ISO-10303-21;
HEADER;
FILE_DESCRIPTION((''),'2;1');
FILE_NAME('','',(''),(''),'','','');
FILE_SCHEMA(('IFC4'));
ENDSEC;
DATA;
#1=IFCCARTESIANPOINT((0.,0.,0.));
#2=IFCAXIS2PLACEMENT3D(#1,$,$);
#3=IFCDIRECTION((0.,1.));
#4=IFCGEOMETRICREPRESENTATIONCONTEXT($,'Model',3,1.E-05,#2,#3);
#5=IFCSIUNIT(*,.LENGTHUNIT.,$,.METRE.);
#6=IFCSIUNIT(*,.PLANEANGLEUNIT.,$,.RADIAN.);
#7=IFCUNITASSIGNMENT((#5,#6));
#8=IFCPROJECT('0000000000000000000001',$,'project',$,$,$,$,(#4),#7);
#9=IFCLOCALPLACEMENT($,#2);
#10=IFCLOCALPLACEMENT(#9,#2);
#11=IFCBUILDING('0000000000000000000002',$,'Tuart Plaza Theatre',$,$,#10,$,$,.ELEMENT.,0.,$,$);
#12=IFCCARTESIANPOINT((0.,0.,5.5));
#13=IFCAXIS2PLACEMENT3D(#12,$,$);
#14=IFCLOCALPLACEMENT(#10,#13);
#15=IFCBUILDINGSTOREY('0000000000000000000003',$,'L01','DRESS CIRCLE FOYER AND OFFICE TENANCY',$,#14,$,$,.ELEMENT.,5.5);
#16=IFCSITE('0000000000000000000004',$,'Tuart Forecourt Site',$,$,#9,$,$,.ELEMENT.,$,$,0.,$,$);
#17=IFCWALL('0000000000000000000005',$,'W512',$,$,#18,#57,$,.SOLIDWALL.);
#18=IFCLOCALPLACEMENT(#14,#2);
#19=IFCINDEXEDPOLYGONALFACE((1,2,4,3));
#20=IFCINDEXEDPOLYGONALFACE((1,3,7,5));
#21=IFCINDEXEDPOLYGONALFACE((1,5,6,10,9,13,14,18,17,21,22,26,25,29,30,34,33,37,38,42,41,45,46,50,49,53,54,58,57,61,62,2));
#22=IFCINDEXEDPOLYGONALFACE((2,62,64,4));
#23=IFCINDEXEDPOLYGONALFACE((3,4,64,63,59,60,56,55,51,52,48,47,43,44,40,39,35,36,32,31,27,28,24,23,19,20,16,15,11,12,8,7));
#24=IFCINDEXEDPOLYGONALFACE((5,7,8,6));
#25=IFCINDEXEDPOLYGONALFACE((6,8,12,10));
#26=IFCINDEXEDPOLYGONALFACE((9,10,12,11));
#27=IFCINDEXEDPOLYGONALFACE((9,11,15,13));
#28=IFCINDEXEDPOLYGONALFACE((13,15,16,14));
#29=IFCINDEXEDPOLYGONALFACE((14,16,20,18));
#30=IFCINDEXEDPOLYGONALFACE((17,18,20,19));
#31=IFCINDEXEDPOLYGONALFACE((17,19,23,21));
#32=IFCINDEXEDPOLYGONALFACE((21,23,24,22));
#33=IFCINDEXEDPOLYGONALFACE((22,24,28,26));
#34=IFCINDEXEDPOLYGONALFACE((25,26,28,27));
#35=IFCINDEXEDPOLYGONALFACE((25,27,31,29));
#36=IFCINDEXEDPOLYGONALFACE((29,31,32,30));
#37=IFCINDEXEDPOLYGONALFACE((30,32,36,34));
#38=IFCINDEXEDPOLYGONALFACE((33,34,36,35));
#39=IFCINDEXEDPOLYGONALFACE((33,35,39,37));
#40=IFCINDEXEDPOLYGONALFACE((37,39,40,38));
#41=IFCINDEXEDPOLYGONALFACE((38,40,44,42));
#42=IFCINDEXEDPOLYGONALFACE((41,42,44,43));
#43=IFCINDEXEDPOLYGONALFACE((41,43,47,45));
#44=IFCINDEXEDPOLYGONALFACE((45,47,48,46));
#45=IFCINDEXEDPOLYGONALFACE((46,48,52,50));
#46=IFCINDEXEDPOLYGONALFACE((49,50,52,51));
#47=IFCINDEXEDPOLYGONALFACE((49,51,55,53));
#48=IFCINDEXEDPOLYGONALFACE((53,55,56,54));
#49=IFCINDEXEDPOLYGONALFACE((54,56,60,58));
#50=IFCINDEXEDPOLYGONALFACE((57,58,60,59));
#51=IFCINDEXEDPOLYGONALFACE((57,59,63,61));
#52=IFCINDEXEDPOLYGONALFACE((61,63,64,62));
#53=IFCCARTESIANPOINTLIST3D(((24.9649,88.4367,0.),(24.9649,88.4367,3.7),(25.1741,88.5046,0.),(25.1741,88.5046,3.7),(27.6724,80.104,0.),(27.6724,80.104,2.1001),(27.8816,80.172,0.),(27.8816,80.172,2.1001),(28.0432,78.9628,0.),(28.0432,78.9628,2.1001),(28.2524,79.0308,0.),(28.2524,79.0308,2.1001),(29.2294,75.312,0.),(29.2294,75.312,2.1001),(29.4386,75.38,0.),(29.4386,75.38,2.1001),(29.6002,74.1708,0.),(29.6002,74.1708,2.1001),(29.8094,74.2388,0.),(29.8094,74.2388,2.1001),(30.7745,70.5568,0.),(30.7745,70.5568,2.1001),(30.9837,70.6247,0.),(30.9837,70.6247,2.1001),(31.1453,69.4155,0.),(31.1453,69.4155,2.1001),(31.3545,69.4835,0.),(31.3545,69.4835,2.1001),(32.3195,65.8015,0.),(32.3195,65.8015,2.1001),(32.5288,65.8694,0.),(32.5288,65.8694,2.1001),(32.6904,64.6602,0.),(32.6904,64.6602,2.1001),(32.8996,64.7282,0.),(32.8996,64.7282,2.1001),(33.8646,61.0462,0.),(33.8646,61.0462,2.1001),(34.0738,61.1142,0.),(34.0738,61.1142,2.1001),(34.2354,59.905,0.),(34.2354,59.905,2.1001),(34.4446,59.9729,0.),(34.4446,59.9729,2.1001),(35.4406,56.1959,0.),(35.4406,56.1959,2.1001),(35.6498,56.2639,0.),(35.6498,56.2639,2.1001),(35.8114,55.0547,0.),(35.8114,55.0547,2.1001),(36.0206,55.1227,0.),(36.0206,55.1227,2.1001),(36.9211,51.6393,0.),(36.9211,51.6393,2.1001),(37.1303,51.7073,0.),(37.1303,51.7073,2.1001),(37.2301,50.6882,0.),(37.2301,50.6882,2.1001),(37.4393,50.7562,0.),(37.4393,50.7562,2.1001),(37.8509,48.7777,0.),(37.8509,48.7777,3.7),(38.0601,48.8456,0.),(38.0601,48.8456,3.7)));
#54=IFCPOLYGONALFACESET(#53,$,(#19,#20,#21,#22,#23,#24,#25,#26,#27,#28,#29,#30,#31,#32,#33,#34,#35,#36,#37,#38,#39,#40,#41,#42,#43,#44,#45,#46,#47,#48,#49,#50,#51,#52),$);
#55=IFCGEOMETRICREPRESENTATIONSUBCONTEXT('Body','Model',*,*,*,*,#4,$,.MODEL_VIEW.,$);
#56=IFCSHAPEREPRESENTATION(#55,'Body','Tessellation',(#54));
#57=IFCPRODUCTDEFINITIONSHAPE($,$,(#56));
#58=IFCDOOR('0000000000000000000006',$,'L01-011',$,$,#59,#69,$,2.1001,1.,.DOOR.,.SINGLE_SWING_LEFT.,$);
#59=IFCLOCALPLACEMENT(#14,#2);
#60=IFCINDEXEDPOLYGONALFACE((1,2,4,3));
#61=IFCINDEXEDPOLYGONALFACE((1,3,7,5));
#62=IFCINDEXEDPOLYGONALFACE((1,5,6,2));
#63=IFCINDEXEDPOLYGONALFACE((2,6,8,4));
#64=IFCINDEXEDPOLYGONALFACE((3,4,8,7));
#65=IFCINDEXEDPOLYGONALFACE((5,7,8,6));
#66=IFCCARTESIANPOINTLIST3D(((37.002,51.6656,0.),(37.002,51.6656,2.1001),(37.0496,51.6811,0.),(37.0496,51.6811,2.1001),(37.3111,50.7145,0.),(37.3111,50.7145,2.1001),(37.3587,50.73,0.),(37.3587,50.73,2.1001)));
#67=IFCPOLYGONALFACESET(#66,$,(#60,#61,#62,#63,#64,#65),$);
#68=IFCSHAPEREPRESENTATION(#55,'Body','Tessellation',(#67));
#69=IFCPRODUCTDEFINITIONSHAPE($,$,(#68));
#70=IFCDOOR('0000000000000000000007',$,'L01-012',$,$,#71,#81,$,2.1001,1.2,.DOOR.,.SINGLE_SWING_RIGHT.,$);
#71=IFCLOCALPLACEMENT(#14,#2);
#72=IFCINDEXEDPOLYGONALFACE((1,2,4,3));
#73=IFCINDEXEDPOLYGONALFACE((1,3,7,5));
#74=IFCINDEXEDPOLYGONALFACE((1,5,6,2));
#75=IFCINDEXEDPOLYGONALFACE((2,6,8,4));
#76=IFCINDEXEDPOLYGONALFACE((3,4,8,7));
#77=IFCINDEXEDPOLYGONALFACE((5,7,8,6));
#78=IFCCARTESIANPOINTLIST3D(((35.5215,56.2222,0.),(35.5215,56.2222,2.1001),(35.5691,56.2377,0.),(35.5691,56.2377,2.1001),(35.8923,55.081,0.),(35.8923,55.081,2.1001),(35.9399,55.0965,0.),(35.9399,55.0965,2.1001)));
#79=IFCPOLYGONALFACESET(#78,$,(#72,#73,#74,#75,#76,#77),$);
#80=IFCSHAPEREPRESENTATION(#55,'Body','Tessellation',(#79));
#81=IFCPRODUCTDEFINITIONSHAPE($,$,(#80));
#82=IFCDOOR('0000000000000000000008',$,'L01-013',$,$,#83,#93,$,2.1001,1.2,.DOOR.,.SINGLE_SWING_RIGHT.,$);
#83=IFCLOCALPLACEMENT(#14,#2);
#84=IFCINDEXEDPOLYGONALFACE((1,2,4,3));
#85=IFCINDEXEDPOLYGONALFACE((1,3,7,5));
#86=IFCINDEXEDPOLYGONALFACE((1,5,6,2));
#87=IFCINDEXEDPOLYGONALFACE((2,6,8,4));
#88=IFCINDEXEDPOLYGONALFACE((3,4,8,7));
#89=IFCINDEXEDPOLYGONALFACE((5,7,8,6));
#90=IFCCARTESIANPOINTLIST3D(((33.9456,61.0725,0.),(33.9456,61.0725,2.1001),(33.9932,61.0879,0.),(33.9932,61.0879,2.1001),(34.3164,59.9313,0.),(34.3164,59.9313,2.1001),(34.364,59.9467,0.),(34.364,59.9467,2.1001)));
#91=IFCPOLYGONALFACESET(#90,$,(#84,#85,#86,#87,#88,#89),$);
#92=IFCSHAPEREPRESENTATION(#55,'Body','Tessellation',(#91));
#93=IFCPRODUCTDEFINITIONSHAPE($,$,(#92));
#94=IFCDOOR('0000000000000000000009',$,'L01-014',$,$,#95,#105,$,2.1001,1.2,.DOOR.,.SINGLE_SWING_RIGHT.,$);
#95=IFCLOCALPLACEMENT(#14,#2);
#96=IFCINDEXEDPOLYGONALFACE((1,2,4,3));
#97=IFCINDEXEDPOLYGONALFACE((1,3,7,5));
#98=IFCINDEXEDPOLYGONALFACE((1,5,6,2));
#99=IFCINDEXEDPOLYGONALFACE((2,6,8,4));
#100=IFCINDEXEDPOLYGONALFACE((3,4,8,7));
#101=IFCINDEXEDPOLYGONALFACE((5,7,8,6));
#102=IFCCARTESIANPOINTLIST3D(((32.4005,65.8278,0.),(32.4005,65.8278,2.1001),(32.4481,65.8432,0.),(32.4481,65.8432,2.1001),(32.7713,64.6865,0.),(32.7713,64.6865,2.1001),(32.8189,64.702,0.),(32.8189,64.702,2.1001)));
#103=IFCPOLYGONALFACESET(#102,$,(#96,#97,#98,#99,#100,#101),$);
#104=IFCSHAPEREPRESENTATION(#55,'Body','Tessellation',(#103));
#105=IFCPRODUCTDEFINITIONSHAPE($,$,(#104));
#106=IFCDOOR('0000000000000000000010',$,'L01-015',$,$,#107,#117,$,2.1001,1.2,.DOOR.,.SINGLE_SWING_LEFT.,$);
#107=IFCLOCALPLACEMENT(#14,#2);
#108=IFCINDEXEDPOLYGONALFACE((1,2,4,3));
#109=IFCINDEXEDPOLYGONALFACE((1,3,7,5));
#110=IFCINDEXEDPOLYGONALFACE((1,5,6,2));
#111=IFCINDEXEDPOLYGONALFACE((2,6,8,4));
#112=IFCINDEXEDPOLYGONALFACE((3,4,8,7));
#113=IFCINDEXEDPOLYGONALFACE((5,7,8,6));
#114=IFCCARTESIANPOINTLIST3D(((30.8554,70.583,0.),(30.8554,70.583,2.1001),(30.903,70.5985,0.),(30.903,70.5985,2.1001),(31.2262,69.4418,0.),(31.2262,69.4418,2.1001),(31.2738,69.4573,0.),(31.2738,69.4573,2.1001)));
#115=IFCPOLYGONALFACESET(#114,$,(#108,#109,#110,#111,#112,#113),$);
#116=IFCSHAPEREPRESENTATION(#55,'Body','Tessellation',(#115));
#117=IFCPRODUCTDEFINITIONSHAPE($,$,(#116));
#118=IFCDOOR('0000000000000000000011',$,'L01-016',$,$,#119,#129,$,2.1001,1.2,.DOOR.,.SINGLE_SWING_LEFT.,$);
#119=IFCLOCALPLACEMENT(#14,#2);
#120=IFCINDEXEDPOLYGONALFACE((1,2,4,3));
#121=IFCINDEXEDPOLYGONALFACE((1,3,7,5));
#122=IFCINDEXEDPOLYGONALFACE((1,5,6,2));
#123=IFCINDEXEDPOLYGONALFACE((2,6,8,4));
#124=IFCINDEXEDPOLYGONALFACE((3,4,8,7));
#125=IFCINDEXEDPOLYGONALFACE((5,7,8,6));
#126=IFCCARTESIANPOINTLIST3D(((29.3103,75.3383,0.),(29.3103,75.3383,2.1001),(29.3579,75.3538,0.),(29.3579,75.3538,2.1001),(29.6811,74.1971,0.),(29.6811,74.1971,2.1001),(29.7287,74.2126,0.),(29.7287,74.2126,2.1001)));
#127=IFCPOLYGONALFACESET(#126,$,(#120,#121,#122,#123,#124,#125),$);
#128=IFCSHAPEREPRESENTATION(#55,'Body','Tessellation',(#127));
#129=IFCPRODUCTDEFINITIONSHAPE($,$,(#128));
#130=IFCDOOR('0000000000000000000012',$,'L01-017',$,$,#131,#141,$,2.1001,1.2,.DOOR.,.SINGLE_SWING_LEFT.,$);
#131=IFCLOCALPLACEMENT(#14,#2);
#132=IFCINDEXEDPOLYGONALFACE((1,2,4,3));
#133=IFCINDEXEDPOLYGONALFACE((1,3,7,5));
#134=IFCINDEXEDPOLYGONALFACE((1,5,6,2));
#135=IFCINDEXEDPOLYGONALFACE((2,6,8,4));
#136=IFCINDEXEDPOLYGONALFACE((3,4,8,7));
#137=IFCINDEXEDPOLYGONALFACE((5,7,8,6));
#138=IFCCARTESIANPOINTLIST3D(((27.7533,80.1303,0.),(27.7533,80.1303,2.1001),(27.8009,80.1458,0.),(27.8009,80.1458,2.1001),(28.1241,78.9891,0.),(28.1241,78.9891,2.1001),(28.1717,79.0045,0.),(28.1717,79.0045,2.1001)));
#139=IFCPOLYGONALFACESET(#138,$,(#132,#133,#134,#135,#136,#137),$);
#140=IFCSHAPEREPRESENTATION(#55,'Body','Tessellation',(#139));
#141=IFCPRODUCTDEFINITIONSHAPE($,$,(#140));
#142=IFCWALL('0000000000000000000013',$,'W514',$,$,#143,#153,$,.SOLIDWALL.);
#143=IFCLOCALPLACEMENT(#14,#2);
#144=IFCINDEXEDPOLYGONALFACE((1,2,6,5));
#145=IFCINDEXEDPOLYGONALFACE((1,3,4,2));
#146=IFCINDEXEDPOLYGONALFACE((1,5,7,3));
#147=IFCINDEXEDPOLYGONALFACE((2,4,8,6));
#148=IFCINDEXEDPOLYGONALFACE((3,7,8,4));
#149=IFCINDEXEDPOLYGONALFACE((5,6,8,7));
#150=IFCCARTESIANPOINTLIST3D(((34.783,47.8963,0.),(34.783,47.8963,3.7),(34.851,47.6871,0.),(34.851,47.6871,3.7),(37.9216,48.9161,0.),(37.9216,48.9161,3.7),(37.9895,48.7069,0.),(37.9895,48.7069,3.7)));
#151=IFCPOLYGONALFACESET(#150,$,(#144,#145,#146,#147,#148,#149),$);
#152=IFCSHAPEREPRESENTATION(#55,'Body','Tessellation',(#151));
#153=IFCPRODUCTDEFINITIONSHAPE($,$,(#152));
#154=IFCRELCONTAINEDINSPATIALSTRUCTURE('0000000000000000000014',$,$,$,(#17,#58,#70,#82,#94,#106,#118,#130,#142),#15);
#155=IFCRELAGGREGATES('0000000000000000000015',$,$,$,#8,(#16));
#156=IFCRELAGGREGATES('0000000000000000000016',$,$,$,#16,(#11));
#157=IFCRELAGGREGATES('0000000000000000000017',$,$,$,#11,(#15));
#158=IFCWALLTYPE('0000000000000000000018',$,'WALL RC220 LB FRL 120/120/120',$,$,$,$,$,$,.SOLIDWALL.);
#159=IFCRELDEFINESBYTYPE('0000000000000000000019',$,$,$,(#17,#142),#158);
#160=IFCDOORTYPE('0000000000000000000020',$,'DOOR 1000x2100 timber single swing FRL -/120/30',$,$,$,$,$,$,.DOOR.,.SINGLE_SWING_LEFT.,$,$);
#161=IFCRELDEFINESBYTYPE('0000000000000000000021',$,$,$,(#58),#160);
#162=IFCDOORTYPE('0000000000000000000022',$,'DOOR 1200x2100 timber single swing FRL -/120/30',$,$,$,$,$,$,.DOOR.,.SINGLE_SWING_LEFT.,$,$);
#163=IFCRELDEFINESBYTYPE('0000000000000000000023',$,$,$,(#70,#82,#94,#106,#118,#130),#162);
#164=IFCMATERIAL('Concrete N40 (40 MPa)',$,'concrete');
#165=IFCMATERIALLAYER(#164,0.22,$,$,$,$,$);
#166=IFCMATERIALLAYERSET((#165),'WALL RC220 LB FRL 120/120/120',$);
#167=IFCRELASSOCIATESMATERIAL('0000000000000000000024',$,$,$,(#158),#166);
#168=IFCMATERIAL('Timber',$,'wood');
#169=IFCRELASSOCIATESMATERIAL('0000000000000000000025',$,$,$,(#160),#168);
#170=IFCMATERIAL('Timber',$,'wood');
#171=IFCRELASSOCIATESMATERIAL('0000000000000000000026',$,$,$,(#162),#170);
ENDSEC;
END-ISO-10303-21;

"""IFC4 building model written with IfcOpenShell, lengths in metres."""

from ifc_helpers import new_model, si_unit, direction, frame, frame_2d, origin, place, context, subcontext, project, spatial, rectangle, extrude, material, layer, layer_set, type_object, element, fill, save


model = new_model("IFC4")

# Units and contexts
model_context = context("Model", 3, precision=1e-05, world=origin(), true_north=direction((0.0, 1.0)))
body_context = subcontext(model_context, "Body", "Model", "MODEL_VIEW")
ifc_project = project(units=[si_unit("LENGTHUNIT", "METRE"), si_unit("PLANEANGLEUNIT", "RADIAN")], contexts=[model_context])

# Site, building, storey
site_placement = place(None, origin())
site = spatial("IfcSite", under=ifc_project, at=site_placement, Name="Tuart Forecourt Site", CompositionType="ELEMENT", RefElevation=0.0)
building_placement = place(site_placement, origin())
building = spatial("IfcBuilding", under=site, at=building_placement, Name="Tuart Plaza Theatre", CompositionType="ELEMENT", ElevationOfRefHeight=0.0)
storey_placement = place(building_placement, frame((0.0, 0.0, 5.5)))
storey = spatial("IfcBuildingStorey", under=building, at=storey_placement, Name="L01", Description="DRESS CIRCLE FOYER AND OFFICE TENANCY", CompositionType="ELEMENT", Elevation=5.5)

# Wall, openings, doors
ifc_material_1 = material(Name="Concrete N40 (40 MPa)", Category="concrete")
ifc_layer_1 = layer(ifc_material_1, 0.22)
ifc_layer_set_1 = layer_set([ifc_layer_1], Name="WALL RC220 LB FRL 120/120/120")
wall_type_1 = type_object("IfcWallType", Name="WALL RC220 LB FRL 120/120/120", PredefinedType="SOLIDWALL", material=ifc_layer_set_1)
wall_1_placement = place(storey_placement, frame((37.9556, 48.8115, 0.0), z_axis=(0.0, 0.0, 1.0), x_axis=(-0.309017, 0.951056, 0.0)))
wall_1 = element("IfcWall", 1, at=wall_1_placement, inside=storey, type_object=wall_type_1, Name="W512", PredefinedType="SOLIDWALL", context=body_context, shape_type="SweptSolid", body=[
    extrude(rectangle(XDim=41.7, YDim=0.22, at=frame_2d((20.8501, 0.0))), origin(), (0.0, 0.0, 1.0), 3.7),
])
opening_1_placement = place(wall_1_placement, frame((2.009, 0.0, 0.0)))
opening_1 = element("IfcOpeningElement", 2, at=opening_1_placement, cuts=wall_1, PredefinedType="OPENING", context=body_context, shape_type="SweptSolid", body=[
    extrude(rectangle(XDim=1.0, YDim=2.1001, at=frame_2d((0.5, 1.05))), frame((0.0, 0.1199, 0.0), z_axis=(0.0, -1.0, 0.0), x_axis=(1.0, 0.0, 0.0)), (0.0, 0.0, 1.0), 0.24),
])
opening_2_placement = place(wall_1_placement, frame((6.6001, 0.0, 0.0)))
opening_2 = element("IfcOpeningElement", 3, at=opening_2_placement, cuts=wall_1, PredefinedType="OPENING", context=body_context, shape_type="SweptSolid", body=[
    extrude(rectangle(XDim=1.2, YDim=2.1001, at=frame_2d((0.6001, 1.05))), frame((0.0, 0.1199, 0.0), z_axis=(0.0, -1.0, 0.0), x_axis=(1.0, 0.0, 0.0)), (0.0, 0.0, 1.0), 0.24),
])
opening_3_placement = place(wall_1_placement, frame((11.7, 0.0, 0.0)))
opening_3 = element("IfcOpeningElement", 4, at=opening_3_placement, cuts=wall_1, PredefinedType="OPENING", context=body_context, shape_type="SweptSolid", body=[
    extrude(rectangle(XDim=1.2, YDim=2.1001, at=frame_2d((0.6001, 1.05))), frame((0.0, 0.1199, 0.0), z_axis=(0.0, -1.0, 0.0), x_axis=(1.0, 0.0, 0.0)), (0.0, 0.0, 1.0), 0.24),
])
opening_4_placement = place(wall_1_placement, frame((16.7, 0.0, 0.0)))
opening_4 = element("IfcOpeningElement", 5, at=opening_4_placement, cuts=wall_1, PredefinedType="OPENING", context=body_context, shape_type="SweptSolid", body=[
    extrude(rectangle(XDim=1.2, YDim=2.1001, at=frame_2d((0.6001, 1.05))), frame((0.0, 0.1199, 0.0), z_axis=(0.0, -1.0, 0.0), x_axis=(1.0, 0.0, 0.0)), (0.0, 0.0, 1.0), 0.24),
])
opening_5_placement = place(wall_1_placement, frame((21.7, 0.0, 0.0)))
opening_5 = element("IfcOpeningElement", 6, at=opening_5_placement, cuts=wall_1, PredefinedType="OPENING", context=body_context, shape_type="SweptSolid", body=[
    extrude(rectangle(XDim=1.2, YDim=2.1001, at=frame_2d((0.6001, 1.05))), frame((0.0, 0.1199, 0.0), z_axis=(0.0, -1.0, 0.0), x_axis=(1.0, 0.0, 0.0)), (0.0, 0.0, 1.0), 0.24),
])
opening_6_placement = place(wall_1_placement, frame((26.7, 0.0, 0.0)))
opening_6 = element("IfcOpeningElement", 7, at=opening_6_placement, cuts=wall_1, PredefinedType="OPENING", context=body_context, shape_type="SweptSolid", body=[
    extrude(rectangle(XDim=1.2, YDim=2.1001, at=frame_2d((0.6001, 1.05))), frame((0.0, 0.1199, 0.0), z_axis=(0.0, -1.0, 0.0), x_axis=(1.0, 0.0, 0.0)), (0.0, 0.0, 1.0), 0.24),
])
opening_7_placement = place(wall_1_placement, frame((31.7385, 0.0, 0.0)))
opening_7 = element("IfcOpeningElement", 8, at=opening_7_placement, cuts=wall_1, PredefinedType="OPENING", context=body_context, shape_type="SweptSolid", body=[
    extrude(rectangle(XDim=1.2, YDim=2.1001, at=frame_2d((0.6001, 1.05))), frame((0.0, 0.1199, 0.0), z_axis=(0.0, -1.0, 0.0), x_axis=(1.0, 0.0, 0.0)), (0.0, 0.0, 1.0), 0.24),
])
ifc_material_2 = material(Name="Timber", Category="wood")
door_type_1 = type_object("IfcDoorType", Name="DOOR 1000x2100 timber single swing FRL -/120/30", OperationType="SINGLE_SWING_LEFT", PredefinedType="DOOR", material=ifc_material_2)
door_1_placement = place(opening_1_placement, origin())
door_1 = element("IfcDoor", 9, at=door_1_placement, inside=storey, type_object=door_type_1, Name="L01-011", OperationType="SINGLE_SWING_LEFT", OverallHeight=2.1001, OverallWidth=1.0, PredefinedType="DOOR", context=body_context, shape_type="SweptSolid", body=[
    extrude(rectangle(XDim=1.0, YDim=2.1001, at=frame_2d((0.5, 1.05))), frame((0.0, 0.0249, 0.0), z_axis=(0.0, -1.0, 0.0), x_axis=(1.0, 0.0, 0.0)), (0.0, 0.0, 1.0), 0.05),
])
fill(opening_1, door_1)
ifc_material_3 = material(Name="Timber", Category="wood")
door_type_2 = type_object("IfcDoorType", Name="DOOR 1200x2100 timber single swing FRL -/120/30", OperationType="SINGLE_SWING_LEFT", PredefinedType="DOOR", material=ifc_material_3)
door_2_placement = place(opening_2_placement, origin())
door_2 = element("IfcDoor", 10, at=door_2_placement, inside=storey, type_object=door_type_2, Name="L01-012", OperationType="SINGLE_SWING_RIGHT", OverallHeight=2.1001, OverallWidth=1.2, PredefinedType="DOOR", context=body_context, shape_type="SweptSolid", body=[
    extrude(rectangle(XDim=1.2, YDim=2.1001, at=frame_2d((0.6001, 1.05))), frame((0.0, 0.0249, 0.0), z_axis=(0.0, -1.0, 0.0), x_axis=(1.0, 0.0, 0.0)), (0.0, 0.0, 1.0), 0.05),
])
fill(opening_2, door_2)
door_3_placement = place(opening_3_placement, origin())
door_3 = element("IfcDoor", 11, at=door_3_placement, inside=storey, type_object=door_type_2, Name="L01-013", OperationType="SINGLE_SWING_RIGHT", OverallHeight=2.1001, OverallWidth=1.2, PredefinedType="DOOR", context=body_context, shape_type="SweptSolid", body=[
    extrude(rectangle(XDim=1.2, YDim=2.1001, at=frame_2d((0.6001, 1.05))), frame((0.0, 0.0249, 0.0), z_axis=(0.0, -1.0, 0.0), x_axis=(1.0, 0.0, 0.0)), (0.0, 0.0, 1.0), 0.05),
])
fill(opening_3, door_3)
door_4_placement = place(opening_4_placement, origin())
door_4 = element("IfcDoor", 12, at=door_4_placement, inside=storey, type_object=door_type_2, Name="L01-014", OperationType="SINGLE_SWING_RIGHT", OverallHeight=2.1001, OverallWidth=1.2, PredefinedType="DOOR", context=body_context, shape_type="SweptSolid", body=[
    extrude(rectangle(XDim=1.2, YDim=2.1001, at=frame_2d((0.6001, 1.05))), frame((0.0, 0.0249, 0.0), z_axis=(0.0, -1.0, 0.0), x_axis=(1.0, 0.0, 0.0)), (0.0, 0.0, 1.0), 0.05),
])
fill(opening_4, door_4)
door_5_placement = place(opening_5_placement, origin())
door_5 = element("IfcDoor", 13, at=door_5_placement, inside=storey, type_object=door_type_2, Name="L01-015", OperationType="SINGLE_SWING_LEFT", OverallHeight=2.1001, OverallWidth=1.2, PredefinedType="DOOR", context=body_context, shape_type="SweptSolid", body=[
    extrude(rectangle(XDim=1.2, YDim=2.1001, at=frame_2d((0.6001, 1.05))), frame((0.0, 0.0249, 0.0), z_axis=(0.0, -1.0, 0.0), x_axis=(1.0, 0.0, 0.0)), (0.0, 0.0, 1.0), 0.05),
])
fill(opening_5, door_5)
door_6_placement = place(opening_6_placement, origin())
door_6 = element("IfcDoor", 14, at=door_6_placement, inside=storey, type_object=door_type_2, Name="L01-016", OperationType="SINGLE_SWING_LEFT", OverallHeight=2.1001, OverallWidth=1.2, PredefinedType="DOOR", context=body_context, shape_type="SweptSolid", body=[
    extrude(rectangle(XDim=1.2, YDim=2.1001, at=frame_2d((0.6001, 1.05))), frame((0.0, 0.0249, 0.0), z_axis=(0.0, -1.0, 0.0), x_axis=(1.0, 0.0, 0.0)), (0.0, 0.0, 1.0), 0.05),
])
fill(opening_6, door_6)
door_7_placement = place(opening_7_placement, origin())
door_7 = element("IfcDoor", 15, at=door_7_placement, inside=storey, type_object=door_type_2, Name="L01-017", OperationType="SINGLE_SWING_LEFT", OverallHeight=2.1001, OverallWidth=1.2, PredefinedType="DOOR", context=body_context, shape_type="SweptSolid", body=[
    extrude(rectangle(XDim=1.2, YDim=2.1001, at=frame_2d((0.6001, 1.05))), frame((0.0, 0.0249, 0.0), z_axis=(0.0, -1.0, 0.0), x_axis=(1.0, 0.0, 0.0)), (0.0, 0.0, 1.0), 0.05),
])
fill(opening_7, door_7)

# Wall
wall_2_placement = place(storey_placement, frame((34.8171, 47.7917, 0.0), z_axis=(0.0, 0.0, 1.0), x_axis=(0.951053, 0.309028, 0.0)))
element("IfcWall", 16, at=wall_2_placement, inside=storey, type_object=wall_type_1, Name="W514", PredefinedType="SOLIDWALL", context=body_context, shape_type="SweptSolid", body=[
    extrude(rectangle(XDim=3.3, YDim=0.22, at=frame_2d((1.6499, 0.0))), origin(), (0.0, 0.0, 1.0), 3.7),
])

save(model, "model.ifc")
